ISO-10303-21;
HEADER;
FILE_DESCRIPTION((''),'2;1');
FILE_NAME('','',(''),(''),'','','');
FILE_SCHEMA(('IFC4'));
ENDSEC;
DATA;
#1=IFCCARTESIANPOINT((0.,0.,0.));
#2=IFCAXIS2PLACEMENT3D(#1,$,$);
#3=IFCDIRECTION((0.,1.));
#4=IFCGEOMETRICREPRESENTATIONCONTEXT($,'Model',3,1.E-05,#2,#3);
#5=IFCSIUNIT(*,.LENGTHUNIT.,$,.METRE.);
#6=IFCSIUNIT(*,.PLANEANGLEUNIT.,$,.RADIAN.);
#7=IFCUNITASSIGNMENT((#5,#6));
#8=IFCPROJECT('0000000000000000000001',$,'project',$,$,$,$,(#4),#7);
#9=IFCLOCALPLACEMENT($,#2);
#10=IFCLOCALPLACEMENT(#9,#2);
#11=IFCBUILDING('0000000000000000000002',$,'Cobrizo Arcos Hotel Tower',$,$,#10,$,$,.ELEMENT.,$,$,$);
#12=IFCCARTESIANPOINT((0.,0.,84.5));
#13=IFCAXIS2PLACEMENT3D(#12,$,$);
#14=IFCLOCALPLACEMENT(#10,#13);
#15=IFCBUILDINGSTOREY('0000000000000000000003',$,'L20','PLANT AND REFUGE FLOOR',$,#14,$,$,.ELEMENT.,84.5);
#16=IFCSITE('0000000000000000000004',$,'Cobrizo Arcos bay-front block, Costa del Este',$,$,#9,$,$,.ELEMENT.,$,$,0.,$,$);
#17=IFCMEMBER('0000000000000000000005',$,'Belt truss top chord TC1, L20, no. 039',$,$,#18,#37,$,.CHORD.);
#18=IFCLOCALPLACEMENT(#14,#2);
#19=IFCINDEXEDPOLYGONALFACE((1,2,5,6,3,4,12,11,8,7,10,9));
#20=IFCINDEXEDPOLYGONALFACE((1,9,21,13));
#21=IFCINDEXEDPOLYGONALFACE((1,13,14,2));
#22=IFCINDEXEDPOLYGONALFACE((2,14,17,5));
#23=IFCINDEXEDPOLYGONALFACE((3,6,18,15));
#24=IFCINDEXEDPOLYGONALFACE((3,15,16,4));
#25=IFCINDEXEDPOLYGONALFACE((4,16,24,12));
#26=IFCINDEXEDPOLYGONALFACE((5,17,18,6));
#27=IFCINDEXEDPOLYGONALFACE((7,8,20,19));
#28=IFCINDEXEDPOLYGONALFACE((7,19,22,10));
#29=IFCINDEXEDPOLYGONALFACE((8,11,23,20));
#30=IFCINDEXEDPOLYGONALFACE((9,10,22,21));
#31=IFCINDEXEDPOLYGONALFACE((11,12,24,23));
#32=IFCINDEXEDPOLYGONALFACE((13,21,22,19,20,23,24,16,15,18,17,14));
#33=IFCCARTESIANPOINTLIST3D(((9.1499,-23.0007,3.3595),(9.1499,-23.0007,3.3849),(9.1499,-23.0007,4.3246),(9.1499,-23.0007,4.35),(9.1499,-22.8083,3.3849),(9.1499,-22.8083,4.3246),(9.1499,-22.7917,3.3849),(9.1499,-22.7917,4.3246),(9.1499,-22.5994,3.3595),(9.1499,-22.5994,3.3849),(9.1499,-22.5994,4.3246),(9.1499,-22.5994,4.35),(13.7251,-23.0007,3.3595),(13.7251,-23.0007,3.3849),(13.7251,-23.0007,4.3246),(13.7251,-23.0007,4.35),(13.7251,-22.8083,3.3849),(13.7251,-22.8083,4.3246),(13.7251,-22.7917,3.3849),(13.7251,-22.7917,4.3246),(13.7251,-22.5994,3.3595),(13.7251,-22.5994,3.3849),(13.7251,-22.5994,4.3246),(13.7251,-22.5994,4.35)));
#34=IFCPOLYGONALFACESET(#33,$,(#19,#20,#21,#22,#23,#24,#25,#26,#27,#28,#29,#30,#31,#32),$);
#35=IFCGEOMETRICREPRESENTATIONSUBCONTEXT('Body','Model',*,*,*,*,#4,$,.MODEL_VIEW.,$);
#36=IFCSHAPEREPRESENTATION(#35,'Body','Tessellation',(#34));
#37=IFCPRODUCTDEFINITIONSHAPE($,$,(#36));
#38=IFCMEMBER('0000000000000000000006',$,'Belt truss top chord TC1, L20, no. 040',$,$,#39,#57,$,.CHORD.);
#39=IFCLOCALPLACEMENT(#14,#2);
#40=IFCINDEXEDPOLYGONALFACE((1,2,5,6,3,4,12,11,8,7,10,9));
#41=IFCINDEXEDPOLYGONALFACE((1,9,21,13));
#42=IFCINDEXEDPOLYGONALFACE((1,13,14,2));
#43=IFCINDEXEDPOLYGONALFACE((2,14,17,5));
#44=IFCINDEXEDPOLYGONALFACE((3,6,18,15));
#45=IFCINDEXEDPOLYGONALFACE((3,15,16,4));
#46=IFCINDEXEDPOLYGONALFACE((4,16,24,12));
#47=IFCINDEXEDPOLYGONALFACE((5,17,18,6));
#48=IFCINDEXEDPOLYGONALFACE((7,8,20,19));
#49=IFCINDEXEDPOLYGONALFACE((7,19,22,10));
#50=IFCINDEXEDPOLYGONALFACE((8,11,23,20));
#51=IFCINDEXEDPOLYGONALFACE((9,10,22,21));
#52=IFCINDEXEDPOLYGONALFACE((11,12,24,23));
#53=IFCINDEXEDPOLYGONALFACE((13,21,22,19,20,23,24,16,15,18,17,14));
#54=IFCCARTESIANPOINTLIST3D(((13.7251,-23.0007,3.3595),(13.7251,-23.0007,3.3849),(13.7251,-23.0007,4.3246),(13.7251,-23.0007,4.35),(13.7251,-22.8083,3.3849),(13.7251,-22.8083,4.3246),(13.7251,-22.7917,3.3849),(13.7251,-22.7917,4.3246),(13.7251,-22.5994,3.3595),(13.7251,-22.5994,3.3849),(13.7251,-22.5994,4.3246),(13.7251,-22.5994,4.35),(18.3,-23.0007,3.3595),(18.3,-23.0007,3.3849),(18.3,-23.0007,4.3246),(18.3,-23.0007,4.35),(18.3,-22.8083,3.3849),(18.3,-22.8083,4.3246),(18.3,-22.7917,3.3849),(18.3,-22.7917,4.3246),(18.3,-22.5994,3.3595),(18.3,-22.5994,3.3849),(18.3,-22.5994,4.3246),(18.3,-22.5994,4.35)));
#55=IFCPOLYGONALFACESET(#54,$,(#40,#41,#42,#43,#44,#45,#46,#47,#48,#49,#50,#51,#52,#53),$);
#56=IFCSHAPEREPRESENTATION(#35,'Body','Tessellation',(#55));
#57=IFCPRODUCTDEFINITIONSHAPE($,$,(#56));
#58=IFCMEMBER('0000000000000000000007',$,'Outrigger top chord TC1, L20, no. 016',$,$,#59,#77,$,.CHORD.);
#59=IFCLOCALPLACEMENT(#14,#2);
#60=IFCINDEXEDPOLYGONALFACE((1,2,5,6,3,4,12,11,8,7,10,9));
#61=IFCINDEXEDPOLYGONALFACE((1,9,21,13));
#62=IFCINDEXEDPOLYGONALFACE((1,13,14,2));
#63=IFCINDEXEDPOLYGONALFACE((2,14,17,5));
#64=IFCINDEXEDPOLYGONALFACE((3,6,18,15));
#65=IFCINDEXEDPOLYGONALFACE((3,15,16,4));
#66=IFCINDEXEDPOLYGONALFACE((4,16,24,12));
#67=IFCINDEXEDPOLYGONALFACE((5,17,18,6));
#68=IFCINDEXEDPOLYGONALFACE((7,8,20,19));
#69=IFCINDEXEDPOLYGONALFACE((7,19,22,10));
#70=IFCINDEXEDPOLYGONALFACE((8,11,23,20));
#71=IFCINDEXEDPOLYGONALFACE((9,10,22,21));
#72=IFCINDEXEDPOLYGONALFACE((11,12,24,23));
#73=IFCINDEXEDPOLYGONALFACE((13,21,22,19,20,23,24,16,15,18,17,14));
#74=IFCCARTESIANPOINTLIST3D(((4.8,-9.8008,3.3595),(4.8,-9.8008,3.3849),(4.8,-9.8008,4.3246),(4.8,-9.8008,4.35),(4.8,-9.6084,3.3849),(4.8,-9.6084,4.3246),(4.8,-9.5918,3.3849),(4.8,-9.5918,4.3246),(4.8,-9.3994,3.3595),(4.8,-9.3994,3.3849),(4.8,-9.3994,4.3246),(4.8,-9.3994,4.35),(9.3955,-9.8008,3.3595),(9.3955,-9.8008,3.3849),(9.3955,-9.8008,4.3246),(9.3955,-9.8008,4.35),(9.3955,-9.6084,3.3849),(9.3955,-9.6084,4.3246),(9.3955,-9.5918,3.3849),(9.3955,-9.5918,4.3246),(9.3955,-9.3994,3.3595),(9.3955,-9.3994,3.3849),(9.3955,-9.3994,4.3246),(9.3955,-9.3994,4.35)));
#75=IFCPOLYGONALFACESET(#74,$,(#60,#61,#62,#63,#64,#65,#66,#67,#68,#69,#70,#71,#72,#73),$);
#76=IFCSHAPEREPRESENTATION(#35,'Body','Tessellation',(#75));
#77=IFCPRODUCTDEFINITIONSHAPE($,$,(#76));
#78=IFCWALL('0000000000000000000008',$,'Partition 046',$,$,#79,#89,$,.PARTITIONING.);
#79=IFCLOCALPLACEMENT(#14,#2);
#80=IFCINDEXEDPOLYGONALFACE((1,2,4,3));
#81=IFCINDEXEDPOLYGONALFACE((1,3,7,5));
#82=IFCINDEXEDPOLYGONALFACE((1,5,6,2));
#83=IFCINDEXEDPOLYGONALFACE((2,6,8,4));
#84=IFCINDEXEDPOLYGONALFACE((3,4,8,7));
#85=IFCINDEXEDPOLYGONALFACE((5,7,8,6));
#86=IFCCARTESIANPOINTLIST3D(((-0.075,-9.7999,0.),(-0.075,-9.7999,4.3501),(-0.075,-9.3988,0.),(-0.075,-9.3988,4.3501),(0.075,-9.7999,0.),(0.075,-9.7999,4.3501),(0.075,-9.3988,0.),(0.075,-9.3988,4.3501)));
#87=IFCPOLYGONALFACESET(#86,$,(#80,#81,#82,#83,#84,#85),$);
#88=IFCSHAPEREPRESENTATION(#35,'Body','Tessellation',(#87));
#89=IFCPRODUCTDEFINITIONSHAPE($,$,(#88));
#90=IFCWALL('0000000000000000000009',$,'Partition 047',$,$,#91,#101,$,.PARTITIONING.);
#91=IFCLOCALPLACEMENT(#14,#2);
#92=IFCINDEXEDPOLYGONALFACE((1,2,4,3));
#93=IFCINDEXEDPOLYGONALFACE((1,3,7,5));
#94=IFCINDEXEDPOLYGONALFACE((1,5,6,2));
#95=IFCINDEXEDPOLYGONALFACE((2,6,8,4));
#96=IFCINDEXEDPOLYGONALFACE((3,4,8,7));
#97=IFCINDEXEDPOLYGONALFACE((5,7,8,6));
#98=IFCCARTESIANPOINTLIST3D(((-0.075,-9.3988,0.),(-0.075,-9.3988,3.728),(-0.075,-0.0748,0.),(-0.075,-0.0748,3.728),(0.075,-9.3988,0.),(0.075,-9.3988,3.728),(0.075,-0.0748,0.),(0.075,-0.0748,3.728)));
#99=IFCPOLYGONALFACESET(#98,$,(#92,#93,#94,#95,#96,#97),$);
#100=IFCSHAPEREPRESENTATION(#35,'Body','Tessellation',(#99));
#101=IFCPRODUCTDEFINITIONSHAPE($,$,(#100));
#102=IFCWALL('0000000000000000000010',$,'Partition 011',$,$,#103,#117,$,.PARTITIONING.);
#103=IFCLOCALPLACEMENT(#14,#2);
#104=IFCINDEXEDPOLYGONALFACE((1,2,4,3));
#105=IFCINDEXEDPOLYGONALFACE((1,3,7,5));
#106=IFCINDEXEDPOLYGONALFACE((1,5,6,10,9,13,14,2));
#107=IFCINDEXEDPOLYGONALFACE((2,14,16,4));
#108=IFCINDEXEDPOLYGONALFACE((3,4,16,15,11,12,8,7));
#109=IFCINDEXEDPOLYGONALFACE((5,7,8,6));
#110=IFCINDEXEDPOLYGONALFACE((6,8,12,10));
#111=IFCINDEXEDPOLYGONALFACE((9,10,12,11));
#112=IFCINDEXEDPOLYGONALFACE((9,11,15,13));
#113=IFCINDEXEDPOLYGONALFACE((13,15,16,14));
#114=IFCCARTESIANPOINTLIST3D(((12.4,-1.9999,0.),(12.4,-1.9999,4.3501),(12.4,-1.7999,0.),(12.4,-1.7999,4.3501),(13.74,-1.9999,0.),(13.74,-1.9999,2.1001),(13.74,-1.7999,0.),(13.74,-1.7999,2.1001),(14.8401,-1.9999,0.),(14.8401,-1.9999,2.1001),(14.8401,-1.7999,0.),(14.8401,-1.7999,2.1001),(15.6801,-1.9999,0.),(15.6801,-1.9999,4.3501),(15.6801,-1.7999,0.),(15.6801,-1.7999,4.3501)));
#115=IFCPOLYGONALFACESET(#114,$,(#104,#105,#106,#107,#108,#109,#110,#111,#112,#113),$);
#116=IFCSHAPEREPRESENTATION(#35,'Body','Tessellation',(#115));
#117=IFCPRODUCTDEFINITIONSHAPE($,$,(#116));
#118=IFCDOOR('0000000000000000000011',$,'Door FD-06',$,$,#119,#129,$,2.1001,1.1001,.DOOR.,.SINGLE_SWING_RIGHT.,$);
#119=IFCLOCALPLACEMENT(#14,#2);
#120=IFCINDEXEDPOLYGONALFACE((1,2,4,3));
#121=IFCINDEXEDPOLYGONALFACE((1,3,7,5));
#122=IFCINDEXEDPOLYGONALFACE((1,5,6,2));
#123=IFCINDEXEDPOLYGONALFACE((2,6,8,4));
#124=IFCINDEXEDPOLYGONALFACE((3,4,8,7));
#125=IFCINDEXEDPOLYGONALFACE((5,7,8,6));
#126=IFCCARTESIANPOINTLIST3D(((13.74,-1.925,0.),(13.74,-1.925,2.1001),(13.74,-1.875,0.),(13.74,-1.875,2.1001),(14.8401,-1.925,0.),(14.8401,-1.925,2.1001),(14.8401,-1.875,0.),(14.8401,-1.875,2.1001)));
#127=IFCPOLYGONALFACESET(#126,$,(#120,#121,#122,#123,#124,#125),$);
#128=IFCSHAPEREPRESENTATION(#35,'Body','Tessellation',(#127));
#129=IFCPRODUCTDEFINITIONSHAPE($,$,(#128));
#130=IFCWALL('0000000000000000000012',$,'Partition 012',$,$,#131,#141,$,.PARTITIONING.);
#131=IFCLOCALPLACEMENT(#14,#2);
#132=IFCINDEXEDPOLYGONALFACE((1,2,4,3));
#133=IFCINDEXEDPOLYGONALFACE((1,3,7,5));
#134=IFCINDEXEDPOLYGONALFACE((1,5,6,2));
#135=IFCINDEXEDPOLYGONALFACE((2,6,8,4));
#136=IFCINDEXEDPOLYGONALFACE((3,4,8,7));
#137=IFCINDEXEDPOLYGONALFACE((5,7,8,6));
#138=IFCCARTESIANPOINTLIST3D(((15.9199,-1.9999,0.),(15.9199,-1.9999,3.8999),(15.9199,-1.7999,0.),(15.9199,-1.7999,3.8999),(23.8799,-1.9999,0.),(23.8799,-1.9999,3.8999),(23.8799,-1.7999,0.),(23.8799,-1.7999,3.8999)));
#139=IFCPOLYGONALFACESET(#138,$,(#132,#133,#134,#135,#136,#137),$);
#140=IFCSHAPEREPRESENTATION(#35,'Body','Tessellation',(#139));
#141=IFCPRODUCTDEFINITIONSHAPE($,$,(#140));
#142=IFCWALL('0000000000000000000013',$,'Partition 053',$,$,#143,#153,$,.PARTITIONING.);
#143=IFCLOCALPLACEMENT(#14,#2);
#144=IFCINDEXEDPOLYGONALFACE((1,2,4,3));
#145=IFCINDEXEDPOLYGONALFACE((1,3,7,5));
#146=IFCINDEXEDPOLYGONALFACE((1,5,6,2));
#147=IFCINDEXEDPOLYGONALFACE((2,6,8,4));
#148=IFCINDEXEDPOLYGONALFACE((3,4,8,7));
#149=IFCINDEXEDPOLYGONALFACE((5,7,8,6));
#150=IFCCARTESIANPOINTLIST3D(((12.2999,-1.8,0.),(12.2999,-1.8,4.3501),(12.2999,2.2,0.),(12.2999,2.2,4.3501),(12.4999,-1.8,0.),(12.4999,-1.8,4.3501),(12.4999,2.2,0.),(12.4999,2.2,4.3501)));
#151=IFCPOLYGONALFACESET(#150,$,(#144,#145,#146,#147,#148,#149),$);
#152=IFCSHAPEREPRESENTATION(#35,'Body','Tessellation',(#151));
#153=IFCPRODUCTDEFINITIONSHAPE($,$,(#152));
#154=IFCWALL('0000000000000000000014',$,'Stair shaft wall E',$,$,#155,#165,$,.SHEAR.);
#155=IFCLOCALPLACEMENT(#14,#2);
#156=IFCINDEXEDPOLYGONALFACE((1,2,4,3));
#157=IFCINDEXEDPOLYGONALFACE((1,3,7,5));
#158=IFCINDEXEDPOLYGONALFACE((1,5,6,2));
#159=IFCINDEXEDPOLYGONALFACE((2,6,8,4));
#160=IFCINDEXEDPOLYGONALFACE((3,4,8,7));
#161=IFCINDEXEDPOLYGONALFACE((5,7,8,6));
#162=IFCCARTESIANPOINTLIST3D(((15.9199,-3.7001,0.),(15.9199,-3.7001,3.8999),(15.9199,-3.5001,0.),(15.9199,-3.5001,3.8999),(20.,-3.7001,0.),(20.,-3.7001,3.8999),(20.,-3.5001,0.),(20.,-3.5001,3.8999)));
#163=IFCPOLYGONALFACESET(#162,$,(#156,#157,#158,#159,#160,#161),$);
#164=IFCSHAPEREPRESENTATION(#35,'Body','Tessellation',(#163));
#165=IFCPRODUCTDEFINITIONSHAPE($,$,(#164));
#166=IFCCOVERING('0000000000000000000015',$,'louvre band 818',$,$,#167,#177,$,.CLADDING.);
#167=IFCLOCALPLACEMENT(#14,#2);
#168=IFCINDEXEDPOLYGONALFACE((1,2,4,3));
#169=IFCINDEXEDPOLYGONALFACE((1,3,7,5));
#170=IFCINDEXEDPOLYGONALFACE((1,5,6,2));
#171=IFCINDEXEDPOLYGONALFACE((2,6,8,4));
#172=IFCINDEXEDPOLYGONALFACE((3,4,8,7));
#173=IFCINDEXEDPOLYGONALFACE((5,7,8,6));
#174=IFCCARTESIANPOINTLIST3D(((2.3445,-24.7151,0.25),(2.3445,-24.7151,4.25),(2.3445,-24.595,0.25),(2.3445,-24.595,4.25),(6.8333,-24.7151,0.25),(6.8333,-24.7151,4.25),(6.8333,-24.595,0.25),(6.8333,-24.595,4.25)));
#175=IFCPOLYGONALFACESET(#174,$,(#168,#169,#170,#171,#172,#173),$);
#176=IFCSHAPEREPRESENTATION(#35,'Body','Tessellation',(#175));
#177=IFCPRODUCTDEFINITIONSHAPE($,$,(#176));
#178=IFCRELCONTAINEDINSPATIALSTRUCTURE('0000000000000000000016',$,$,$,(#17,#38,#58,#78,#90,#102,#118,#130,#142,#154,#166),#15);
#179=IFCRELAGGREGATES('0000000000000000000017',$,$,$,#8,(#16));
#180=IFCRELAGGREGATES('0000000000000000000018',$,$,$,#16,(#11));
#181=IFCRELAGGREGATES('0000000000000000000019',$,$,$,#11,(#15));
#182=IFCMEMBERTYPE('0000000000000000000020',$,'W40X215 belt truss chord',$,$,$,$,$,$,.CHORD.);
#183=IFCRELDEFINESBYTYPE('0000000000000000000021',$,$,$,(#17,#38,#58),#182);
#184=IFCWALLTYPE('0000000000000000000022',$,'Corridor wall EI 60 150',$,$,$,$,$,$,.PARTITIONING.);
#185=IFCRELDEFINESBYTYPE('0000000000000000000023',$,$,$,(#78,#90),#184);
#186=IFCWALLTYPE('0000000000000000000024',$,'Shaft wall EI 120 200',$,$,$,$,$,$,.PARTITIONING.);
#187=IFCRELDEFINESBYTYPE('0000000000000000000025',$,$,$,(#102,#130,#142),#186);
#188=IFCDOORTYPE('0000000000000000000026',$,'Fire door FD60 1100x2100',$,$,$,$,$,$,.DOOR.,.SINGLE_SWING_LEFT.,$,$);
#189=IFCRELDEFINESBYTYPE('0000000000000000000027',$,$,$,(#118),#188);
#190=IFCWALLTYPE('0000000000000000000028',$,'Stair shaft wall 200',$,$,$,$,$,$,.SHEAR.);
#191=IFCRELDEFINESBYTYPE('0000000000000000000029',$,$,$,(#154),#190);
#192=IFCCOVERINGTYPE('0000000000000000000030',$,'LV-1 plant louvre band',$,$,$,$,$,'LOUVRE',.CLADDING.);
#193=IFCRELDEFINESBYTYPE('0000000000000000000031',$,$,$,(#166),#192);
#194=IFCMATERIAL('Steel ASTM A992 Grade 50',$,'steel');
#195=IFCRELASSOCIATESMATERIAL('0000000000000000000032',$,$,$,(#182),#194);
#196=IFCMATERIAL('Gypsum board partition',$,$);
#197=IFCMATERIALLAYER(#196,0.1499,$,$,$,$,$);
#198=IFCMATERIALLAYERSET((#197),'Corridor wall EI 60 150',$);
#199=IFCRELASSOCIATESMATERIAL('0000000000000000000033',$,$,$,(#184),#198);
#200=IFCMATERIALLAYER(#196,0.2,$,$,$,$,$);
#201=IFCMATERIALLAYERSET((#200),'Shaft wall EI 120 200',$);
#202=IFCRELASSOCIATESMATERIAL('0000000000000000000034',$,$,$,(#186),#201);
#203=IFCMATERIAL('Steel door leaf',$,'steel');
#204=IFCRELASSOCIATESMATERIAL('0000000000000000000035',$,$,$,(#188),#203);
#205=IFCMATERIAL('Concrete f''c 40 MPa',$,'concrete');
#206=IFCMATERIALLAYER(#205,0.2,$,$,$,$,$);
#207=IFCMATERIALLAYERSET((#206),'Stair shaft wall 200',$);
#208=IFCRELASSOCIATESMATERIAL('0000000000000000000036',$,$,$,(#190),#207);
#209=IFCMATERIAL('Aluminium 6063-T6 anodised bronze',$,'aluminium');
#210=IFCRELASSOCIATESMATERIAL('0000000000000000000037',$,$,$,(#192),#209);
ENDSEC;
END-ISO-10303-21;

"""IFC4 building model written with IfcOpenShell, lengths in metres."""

from ifc_helpers import new_model, si_unit, direction, frame, frame_2d, origin, origin_2d, place, context, subcontext, project, spatial, rectangle, i_section, extrude, material, layer, layer_set, material_profile, profile_set, type_object, element, fill, save


model = new_model("IFC4")

# Units and contexts
model_context = context("Model", 3, precision=1e-05, world=origin(), true_north=direction((0.0, 1.0)))
body_context = subcontext(model_context, "Body", "Model", "MODEL_VIEW")
ifc_project = project(units=[si_unit("LENGTHUNIT", "METRE"), si_unit("PLANEANGLEUNIT", "RADIAN")], contexts=[model_context])

# Site, building, storey
site_placement = place(None, origin())
site = spatial("IfcSite", under=ifc_project, at=site_placement, Name="Cobrizo Arcos bay-front block, Costa del Este", CompositionType="ELEMENT", RefElevation=0.0)
building_placement = place(site_placement, origin())
building = spatial("IfcBuilding", under=site, at=building_placement, Name="Cobrizo Arcos Hotel Tower", CompositionType="ELEMENT")
storey_placement = place(building_placement, frame((0.0, 0.0, 84.5)))
storey = spatial("IfcBuildingStorey", under=building, at=storey_placement, Name="L20", Description="PLANT AND REFUGE FLOOR", CompositionType="ELEMENT", Elevation=84.5)

# Shared definitions
ifc_material_1 = material(Name="Aluminium 6063-T6 anodised bronze", Category="aluminium")

# Members
ifc_material_2 = material(Name="Steel ASTM A992 Grade 50", Category="steel")
ifc_material_profile_1 = material_profile(ifc_material_2, i_section(OverallWidth=0.4014, OverallDepth=0.9905, WebThickness=0.0166, FlangeThickness=0.0254, at=origin_2d()), Name="W40X215")
ifc_profile_set_1 = profile_set([ifc_material_profile_1], Name="Steel ASTM A992 Grade 50")
member_type_1 = type_object("IfcMemberType", Name="W40X215 belt truss chord", PredefinedType="CHORD", material=ifc_profile_set_1)
member_1_placement = place(storey_placement, frame((9.1499, -22.8, 3.8547), z_axis=(1.0, 0.0, 0.0), x_axis=(0.0, 1.0, 0.0)))
element("IfcMember", 1, at=member_1_placement, inside=storey, type_object=member_type_1, Name="Belt truss top chord TC1, L20, no. 039", PredefinedType="CHORD", context=body_context, shape_type="SweptSolid", body=[
    extrude(i_section(OverallWidth=0.4014, OverallDepth=0.9905, WebThickness=0.0166, FlangeThickness=0.0254, at=origin_2d()), origin(), (0.0, 0.0, 1.0), 4.5752),
])
member_2_placement = place(storey_placement, frame((13.7251, -22.8, 3.8547), z_axis=(1.0, 0.0, 0.0), x_axis=(0.0, 1.0, 0.0)))
element("IfcMember", 2, at=member_2_placement, inside=storey, type_object=member_type_1, Name="Belt truss top chord TC1, L20, no. 040", PredefinedType="CHORD", context=body_context, shape_type="SweptSolid", body=[
    extrude(i_section(OverallWidth=0.4014, OverallDepth=0.9905, WebThickness=0.0166, FlangeThickness=0.0254, at=origin_2d()), origin(), (0.0, 0.0, 1.0), 4.575),
])
member_3_placement = place(storey_placement, frame((4.8, -9.6001, 3.8547), z_axis=(1.0, 0.0, 0.0), x_axis=(0.0, 1.0, 0.0)))
element("IfcMember", 3, at=member_3_placement, inside=storey, type_object=member_type_1, Name="Outrigger top chord TC1, L20, no. 016", PredefinedType="CHORD", context=body_context, shape_type="SweptSolid", body=[
    extrude(i_section(OverallWidth=0.4014, OverallDepth=0.9905, WebThickness=0.0166, FlangeThickness=0.0254, at=origin_2d()), origin(), (0.0, 0.0, 1.0), 4.5955),
])

# Walls
ifc_material_3 = material(Name="Gypsum board partition")
ifc_layer_1 = layer(ifc_material_3, 0.1499)
ifc_layer_set_1 = layer_set([ifc_layer_1], Name="Corridor wall EI 60 150")
wall_type_1 = type_object("IfcWallType", Name="Corridor wall EI 60 150", PredefinedType="PARTITIONING", material=ifc_layer_set_1)
wall_1_placement = place(storey_placement, frame((0.0, -9.8, 0.0), z_axis=(0.0, 0.0, 1.0), x_axis=(0.0, 1.0, 0.0)))
element("IfcWall", 4, at=wall_1_placement, inside=storey, type_object=wall_type_1, Name="Partition 046", PredefinedType="PARTITIONING", context=body_context, shape_type="SweptSolid", body=[
    extrude(rectangle(XDim=0.4011, YDim=0.1499, at=frame_2d((0.2007, 0.0))), origin(), (0.0, 0.0, 1.0), 4.3501),
])
wall_2_placement = place(storey_placement, frame((0.0, -9.3989, 0.0), z_axis=(0.0, 0.0, 1.0), x_axis=(0.0, 1.0, 0.0)))
element("IfcWall", 5, at=wall_2_placement, inside=storey, type_object=wall_type_1, Name="Partition 047", PredefinedType="PARTITIONING", context=body_context, shape_type="SweptSolid", body=[
    extrude(rectangle(XDim=9.324, YDim=0.1499, at=frame_2d((4.6621, 0.0))), origin(), (0.0, 0.0, 1.0), 3.728),
])

# Wall, opening, door
ifc_layer_2 = layer(ifc_material_3, 0.2)
ifc_layer_set_2 = layer_set([ifc_layer_2], Name="Shaft wall EI 120 200")
wall_type_2 = type_object("IfcWallType", Name="Shaft wall EI 120 200", PredefinedType="PARTITIONING", material=ifc_layer_set_2)
wall_3_placement = place(storey_placement, frame((12.3999, -1.8999, 0.0), z_axis=(0.0, 0.0, 1.0), x_axis=(1.0, 0.0, 0.0)))
wall_3 = element("IfcWall", 6, at=wall_3_placement, inside=storey, type_object=wall_type_2, Name="Partition 011", PredefinedType="PARTITIONING", context=body_context, shape_type="SweptSolid", body=[
    extrude(rectangle(XDim=3.28, YDim=0.2, at=frame_2d((1.6401, 0.0))), origin(), (0.0, 0.0, 1.0), 4.3501),
])
opening_placement = place(wall_3_placement, frame((1.3401, 0.0, 0.0)))
opening = element("IfcOpeningElement", 7, at=opening_placement, cuts=wall_3, PredefinedType="OPENING", context=body_context, shape_type="SweptSolid", body=[
    extrude(rectangle(XDim=1.1001, YDim=2.1001, at=frame_2d((0.55, 1.05))), frame((0.0, 0.1121, 0.0), z_axis=(0.0, -1.0, 0.0), x_axis=(1.0, 0.0, 0.0)), (0.0, 0.0, 1.0), 0.2239),
])
ifc_material_4 = material(Name="Steel door leaf", Category="steel")
door_type = type_object("IfcDoorType", Name="Fire door FD60 1100x2100", OperationType="SINGLE_SWING_LEFT", PredefinedType="DOOR", material=ifc_material_4)
door_placement = place(opening_placement, origin())
door = element("IfcDoor", 8, at=door_placement, inside=storey, type_object=door_type, Name="Door FD-06", OperationType="SINGLE_SWING_RIGHT", OverallHeight=2.1001, OverallWidth=1.1001, PredefinedType="DOOR", context=body_context, shape_type="SweptSolid", body=[
    extrude(rectangle(XDim=1.1001, YDim=2.1001, at=frame_2d((0.55, 1.05))), frame((0.0, 0.0249, 0.0), z_axis=(0.0, -1.0, 0.0), x_axis=(1.0, 0.0, 0.0)), (0.0, 0.0, 1.0), 0.05),
])
fill(opening, door)

# Walls
wall_4_placement = place(storey_placement, frame((15.9199, -1.8999, 0.0), z_axis=(0.0, 0.0, 1.0), x_axis=(1.0, 0.0, 0.0)))
element("IfcWall", 9, at=wall_4_placement, inside=storey, type_object=wall_type_2, Name="Partition 012", PredefinedType="PARTITIONING", context=body_context, shape_type="SweptSolid", body=[
    extrude(rectangle(XDim=7.96, YDim=0.2, at=frame_2d((3.98, 0.0))), origin(), (0.0, 0.0, 1.0), 3.8999),
])
wall_5_placement = place(storey_placement, frame((12.3999, -1.8, 0.0), z_axis=(0.0, 0.0, 1.0), x_axis=(0.0, 1.0, 0.0)))
element("IfcWall", 10, at=wall_5_placement, inside=storey, type_object=wall_type_2, Name="Partition 053", PredefinedType="PARTITIONING", context=body_context, shape_type="SweptSolid", body=[
    extrude(rectangle(XDim=4.0, YDim=0.2, at=frame_2d((2.0, 0.0))), origin(), (0.0, 0.0, 1.0), 4.3501),
])
ifc_material_5 = material(Name="Concrete f'c 40 MPa", Category="concrete")
ifc_layer_3 = layer(ifc_material_5, 0.2)
ifc_layer_set_3 = layer_set([ifc_layer_3], Name="Stair shaft wall 200")
wall_type_3 = type_object("IfcWallType", Name="Stair shaft wall 200", PredefinedType="SHEAR", material=ifc_layer_set_3)
wall_6_placement = place(storey_placement, frame((15.9199, -3.6001, 0.0), z_axis=(0.0, 0.0, 1.0), x_axis=(1.0, 0.0, 0.0)))
element("IfcWall", 11, at=wall_6_placement, inside=storey, type_object=wall_type_3, Name="Stair shaft wall E", PredefinedType="SHEAR", context=body_context, shape_type="SweptSolid", body=[
    extrude(rectangle(XDim=4.0801, YDim=0.2, at=frame_2d((2.04, 0.0))), origin(), (0.0, 0.0, 1.0), 3.8999),
])

# Covering
covering_type = type_object("IfcCoveringType", Name="LV-1 plant louvre band", ElementType="LOUVRE", PredefinedType="CLADDING", material=ifc_material_1)
for number, where, z_axis, x_axis, name in (
    (12, (4.5889, -24.655, 0.25), (0.0, 0.0, 1.0), (1.0, 0.0, 0.0), "louvre band 818"),
):
    element("IfcCovering", number, at=place(storey_placement, frame(where, z_axis=z_axis, x_axis=x_axis)), inside=storey, type_object=covering_type, Name=name, PredefinedType="CLADDING", context=body_context, shape_type="SweptSolid", body=[
        extrude(rectangle(XDim=4.4888, YDim=0.1201, at=origin_2d()), origin(), (0.0, 0.0, 1.0), 4.0),
    ])

save(model, "model.ifc")
